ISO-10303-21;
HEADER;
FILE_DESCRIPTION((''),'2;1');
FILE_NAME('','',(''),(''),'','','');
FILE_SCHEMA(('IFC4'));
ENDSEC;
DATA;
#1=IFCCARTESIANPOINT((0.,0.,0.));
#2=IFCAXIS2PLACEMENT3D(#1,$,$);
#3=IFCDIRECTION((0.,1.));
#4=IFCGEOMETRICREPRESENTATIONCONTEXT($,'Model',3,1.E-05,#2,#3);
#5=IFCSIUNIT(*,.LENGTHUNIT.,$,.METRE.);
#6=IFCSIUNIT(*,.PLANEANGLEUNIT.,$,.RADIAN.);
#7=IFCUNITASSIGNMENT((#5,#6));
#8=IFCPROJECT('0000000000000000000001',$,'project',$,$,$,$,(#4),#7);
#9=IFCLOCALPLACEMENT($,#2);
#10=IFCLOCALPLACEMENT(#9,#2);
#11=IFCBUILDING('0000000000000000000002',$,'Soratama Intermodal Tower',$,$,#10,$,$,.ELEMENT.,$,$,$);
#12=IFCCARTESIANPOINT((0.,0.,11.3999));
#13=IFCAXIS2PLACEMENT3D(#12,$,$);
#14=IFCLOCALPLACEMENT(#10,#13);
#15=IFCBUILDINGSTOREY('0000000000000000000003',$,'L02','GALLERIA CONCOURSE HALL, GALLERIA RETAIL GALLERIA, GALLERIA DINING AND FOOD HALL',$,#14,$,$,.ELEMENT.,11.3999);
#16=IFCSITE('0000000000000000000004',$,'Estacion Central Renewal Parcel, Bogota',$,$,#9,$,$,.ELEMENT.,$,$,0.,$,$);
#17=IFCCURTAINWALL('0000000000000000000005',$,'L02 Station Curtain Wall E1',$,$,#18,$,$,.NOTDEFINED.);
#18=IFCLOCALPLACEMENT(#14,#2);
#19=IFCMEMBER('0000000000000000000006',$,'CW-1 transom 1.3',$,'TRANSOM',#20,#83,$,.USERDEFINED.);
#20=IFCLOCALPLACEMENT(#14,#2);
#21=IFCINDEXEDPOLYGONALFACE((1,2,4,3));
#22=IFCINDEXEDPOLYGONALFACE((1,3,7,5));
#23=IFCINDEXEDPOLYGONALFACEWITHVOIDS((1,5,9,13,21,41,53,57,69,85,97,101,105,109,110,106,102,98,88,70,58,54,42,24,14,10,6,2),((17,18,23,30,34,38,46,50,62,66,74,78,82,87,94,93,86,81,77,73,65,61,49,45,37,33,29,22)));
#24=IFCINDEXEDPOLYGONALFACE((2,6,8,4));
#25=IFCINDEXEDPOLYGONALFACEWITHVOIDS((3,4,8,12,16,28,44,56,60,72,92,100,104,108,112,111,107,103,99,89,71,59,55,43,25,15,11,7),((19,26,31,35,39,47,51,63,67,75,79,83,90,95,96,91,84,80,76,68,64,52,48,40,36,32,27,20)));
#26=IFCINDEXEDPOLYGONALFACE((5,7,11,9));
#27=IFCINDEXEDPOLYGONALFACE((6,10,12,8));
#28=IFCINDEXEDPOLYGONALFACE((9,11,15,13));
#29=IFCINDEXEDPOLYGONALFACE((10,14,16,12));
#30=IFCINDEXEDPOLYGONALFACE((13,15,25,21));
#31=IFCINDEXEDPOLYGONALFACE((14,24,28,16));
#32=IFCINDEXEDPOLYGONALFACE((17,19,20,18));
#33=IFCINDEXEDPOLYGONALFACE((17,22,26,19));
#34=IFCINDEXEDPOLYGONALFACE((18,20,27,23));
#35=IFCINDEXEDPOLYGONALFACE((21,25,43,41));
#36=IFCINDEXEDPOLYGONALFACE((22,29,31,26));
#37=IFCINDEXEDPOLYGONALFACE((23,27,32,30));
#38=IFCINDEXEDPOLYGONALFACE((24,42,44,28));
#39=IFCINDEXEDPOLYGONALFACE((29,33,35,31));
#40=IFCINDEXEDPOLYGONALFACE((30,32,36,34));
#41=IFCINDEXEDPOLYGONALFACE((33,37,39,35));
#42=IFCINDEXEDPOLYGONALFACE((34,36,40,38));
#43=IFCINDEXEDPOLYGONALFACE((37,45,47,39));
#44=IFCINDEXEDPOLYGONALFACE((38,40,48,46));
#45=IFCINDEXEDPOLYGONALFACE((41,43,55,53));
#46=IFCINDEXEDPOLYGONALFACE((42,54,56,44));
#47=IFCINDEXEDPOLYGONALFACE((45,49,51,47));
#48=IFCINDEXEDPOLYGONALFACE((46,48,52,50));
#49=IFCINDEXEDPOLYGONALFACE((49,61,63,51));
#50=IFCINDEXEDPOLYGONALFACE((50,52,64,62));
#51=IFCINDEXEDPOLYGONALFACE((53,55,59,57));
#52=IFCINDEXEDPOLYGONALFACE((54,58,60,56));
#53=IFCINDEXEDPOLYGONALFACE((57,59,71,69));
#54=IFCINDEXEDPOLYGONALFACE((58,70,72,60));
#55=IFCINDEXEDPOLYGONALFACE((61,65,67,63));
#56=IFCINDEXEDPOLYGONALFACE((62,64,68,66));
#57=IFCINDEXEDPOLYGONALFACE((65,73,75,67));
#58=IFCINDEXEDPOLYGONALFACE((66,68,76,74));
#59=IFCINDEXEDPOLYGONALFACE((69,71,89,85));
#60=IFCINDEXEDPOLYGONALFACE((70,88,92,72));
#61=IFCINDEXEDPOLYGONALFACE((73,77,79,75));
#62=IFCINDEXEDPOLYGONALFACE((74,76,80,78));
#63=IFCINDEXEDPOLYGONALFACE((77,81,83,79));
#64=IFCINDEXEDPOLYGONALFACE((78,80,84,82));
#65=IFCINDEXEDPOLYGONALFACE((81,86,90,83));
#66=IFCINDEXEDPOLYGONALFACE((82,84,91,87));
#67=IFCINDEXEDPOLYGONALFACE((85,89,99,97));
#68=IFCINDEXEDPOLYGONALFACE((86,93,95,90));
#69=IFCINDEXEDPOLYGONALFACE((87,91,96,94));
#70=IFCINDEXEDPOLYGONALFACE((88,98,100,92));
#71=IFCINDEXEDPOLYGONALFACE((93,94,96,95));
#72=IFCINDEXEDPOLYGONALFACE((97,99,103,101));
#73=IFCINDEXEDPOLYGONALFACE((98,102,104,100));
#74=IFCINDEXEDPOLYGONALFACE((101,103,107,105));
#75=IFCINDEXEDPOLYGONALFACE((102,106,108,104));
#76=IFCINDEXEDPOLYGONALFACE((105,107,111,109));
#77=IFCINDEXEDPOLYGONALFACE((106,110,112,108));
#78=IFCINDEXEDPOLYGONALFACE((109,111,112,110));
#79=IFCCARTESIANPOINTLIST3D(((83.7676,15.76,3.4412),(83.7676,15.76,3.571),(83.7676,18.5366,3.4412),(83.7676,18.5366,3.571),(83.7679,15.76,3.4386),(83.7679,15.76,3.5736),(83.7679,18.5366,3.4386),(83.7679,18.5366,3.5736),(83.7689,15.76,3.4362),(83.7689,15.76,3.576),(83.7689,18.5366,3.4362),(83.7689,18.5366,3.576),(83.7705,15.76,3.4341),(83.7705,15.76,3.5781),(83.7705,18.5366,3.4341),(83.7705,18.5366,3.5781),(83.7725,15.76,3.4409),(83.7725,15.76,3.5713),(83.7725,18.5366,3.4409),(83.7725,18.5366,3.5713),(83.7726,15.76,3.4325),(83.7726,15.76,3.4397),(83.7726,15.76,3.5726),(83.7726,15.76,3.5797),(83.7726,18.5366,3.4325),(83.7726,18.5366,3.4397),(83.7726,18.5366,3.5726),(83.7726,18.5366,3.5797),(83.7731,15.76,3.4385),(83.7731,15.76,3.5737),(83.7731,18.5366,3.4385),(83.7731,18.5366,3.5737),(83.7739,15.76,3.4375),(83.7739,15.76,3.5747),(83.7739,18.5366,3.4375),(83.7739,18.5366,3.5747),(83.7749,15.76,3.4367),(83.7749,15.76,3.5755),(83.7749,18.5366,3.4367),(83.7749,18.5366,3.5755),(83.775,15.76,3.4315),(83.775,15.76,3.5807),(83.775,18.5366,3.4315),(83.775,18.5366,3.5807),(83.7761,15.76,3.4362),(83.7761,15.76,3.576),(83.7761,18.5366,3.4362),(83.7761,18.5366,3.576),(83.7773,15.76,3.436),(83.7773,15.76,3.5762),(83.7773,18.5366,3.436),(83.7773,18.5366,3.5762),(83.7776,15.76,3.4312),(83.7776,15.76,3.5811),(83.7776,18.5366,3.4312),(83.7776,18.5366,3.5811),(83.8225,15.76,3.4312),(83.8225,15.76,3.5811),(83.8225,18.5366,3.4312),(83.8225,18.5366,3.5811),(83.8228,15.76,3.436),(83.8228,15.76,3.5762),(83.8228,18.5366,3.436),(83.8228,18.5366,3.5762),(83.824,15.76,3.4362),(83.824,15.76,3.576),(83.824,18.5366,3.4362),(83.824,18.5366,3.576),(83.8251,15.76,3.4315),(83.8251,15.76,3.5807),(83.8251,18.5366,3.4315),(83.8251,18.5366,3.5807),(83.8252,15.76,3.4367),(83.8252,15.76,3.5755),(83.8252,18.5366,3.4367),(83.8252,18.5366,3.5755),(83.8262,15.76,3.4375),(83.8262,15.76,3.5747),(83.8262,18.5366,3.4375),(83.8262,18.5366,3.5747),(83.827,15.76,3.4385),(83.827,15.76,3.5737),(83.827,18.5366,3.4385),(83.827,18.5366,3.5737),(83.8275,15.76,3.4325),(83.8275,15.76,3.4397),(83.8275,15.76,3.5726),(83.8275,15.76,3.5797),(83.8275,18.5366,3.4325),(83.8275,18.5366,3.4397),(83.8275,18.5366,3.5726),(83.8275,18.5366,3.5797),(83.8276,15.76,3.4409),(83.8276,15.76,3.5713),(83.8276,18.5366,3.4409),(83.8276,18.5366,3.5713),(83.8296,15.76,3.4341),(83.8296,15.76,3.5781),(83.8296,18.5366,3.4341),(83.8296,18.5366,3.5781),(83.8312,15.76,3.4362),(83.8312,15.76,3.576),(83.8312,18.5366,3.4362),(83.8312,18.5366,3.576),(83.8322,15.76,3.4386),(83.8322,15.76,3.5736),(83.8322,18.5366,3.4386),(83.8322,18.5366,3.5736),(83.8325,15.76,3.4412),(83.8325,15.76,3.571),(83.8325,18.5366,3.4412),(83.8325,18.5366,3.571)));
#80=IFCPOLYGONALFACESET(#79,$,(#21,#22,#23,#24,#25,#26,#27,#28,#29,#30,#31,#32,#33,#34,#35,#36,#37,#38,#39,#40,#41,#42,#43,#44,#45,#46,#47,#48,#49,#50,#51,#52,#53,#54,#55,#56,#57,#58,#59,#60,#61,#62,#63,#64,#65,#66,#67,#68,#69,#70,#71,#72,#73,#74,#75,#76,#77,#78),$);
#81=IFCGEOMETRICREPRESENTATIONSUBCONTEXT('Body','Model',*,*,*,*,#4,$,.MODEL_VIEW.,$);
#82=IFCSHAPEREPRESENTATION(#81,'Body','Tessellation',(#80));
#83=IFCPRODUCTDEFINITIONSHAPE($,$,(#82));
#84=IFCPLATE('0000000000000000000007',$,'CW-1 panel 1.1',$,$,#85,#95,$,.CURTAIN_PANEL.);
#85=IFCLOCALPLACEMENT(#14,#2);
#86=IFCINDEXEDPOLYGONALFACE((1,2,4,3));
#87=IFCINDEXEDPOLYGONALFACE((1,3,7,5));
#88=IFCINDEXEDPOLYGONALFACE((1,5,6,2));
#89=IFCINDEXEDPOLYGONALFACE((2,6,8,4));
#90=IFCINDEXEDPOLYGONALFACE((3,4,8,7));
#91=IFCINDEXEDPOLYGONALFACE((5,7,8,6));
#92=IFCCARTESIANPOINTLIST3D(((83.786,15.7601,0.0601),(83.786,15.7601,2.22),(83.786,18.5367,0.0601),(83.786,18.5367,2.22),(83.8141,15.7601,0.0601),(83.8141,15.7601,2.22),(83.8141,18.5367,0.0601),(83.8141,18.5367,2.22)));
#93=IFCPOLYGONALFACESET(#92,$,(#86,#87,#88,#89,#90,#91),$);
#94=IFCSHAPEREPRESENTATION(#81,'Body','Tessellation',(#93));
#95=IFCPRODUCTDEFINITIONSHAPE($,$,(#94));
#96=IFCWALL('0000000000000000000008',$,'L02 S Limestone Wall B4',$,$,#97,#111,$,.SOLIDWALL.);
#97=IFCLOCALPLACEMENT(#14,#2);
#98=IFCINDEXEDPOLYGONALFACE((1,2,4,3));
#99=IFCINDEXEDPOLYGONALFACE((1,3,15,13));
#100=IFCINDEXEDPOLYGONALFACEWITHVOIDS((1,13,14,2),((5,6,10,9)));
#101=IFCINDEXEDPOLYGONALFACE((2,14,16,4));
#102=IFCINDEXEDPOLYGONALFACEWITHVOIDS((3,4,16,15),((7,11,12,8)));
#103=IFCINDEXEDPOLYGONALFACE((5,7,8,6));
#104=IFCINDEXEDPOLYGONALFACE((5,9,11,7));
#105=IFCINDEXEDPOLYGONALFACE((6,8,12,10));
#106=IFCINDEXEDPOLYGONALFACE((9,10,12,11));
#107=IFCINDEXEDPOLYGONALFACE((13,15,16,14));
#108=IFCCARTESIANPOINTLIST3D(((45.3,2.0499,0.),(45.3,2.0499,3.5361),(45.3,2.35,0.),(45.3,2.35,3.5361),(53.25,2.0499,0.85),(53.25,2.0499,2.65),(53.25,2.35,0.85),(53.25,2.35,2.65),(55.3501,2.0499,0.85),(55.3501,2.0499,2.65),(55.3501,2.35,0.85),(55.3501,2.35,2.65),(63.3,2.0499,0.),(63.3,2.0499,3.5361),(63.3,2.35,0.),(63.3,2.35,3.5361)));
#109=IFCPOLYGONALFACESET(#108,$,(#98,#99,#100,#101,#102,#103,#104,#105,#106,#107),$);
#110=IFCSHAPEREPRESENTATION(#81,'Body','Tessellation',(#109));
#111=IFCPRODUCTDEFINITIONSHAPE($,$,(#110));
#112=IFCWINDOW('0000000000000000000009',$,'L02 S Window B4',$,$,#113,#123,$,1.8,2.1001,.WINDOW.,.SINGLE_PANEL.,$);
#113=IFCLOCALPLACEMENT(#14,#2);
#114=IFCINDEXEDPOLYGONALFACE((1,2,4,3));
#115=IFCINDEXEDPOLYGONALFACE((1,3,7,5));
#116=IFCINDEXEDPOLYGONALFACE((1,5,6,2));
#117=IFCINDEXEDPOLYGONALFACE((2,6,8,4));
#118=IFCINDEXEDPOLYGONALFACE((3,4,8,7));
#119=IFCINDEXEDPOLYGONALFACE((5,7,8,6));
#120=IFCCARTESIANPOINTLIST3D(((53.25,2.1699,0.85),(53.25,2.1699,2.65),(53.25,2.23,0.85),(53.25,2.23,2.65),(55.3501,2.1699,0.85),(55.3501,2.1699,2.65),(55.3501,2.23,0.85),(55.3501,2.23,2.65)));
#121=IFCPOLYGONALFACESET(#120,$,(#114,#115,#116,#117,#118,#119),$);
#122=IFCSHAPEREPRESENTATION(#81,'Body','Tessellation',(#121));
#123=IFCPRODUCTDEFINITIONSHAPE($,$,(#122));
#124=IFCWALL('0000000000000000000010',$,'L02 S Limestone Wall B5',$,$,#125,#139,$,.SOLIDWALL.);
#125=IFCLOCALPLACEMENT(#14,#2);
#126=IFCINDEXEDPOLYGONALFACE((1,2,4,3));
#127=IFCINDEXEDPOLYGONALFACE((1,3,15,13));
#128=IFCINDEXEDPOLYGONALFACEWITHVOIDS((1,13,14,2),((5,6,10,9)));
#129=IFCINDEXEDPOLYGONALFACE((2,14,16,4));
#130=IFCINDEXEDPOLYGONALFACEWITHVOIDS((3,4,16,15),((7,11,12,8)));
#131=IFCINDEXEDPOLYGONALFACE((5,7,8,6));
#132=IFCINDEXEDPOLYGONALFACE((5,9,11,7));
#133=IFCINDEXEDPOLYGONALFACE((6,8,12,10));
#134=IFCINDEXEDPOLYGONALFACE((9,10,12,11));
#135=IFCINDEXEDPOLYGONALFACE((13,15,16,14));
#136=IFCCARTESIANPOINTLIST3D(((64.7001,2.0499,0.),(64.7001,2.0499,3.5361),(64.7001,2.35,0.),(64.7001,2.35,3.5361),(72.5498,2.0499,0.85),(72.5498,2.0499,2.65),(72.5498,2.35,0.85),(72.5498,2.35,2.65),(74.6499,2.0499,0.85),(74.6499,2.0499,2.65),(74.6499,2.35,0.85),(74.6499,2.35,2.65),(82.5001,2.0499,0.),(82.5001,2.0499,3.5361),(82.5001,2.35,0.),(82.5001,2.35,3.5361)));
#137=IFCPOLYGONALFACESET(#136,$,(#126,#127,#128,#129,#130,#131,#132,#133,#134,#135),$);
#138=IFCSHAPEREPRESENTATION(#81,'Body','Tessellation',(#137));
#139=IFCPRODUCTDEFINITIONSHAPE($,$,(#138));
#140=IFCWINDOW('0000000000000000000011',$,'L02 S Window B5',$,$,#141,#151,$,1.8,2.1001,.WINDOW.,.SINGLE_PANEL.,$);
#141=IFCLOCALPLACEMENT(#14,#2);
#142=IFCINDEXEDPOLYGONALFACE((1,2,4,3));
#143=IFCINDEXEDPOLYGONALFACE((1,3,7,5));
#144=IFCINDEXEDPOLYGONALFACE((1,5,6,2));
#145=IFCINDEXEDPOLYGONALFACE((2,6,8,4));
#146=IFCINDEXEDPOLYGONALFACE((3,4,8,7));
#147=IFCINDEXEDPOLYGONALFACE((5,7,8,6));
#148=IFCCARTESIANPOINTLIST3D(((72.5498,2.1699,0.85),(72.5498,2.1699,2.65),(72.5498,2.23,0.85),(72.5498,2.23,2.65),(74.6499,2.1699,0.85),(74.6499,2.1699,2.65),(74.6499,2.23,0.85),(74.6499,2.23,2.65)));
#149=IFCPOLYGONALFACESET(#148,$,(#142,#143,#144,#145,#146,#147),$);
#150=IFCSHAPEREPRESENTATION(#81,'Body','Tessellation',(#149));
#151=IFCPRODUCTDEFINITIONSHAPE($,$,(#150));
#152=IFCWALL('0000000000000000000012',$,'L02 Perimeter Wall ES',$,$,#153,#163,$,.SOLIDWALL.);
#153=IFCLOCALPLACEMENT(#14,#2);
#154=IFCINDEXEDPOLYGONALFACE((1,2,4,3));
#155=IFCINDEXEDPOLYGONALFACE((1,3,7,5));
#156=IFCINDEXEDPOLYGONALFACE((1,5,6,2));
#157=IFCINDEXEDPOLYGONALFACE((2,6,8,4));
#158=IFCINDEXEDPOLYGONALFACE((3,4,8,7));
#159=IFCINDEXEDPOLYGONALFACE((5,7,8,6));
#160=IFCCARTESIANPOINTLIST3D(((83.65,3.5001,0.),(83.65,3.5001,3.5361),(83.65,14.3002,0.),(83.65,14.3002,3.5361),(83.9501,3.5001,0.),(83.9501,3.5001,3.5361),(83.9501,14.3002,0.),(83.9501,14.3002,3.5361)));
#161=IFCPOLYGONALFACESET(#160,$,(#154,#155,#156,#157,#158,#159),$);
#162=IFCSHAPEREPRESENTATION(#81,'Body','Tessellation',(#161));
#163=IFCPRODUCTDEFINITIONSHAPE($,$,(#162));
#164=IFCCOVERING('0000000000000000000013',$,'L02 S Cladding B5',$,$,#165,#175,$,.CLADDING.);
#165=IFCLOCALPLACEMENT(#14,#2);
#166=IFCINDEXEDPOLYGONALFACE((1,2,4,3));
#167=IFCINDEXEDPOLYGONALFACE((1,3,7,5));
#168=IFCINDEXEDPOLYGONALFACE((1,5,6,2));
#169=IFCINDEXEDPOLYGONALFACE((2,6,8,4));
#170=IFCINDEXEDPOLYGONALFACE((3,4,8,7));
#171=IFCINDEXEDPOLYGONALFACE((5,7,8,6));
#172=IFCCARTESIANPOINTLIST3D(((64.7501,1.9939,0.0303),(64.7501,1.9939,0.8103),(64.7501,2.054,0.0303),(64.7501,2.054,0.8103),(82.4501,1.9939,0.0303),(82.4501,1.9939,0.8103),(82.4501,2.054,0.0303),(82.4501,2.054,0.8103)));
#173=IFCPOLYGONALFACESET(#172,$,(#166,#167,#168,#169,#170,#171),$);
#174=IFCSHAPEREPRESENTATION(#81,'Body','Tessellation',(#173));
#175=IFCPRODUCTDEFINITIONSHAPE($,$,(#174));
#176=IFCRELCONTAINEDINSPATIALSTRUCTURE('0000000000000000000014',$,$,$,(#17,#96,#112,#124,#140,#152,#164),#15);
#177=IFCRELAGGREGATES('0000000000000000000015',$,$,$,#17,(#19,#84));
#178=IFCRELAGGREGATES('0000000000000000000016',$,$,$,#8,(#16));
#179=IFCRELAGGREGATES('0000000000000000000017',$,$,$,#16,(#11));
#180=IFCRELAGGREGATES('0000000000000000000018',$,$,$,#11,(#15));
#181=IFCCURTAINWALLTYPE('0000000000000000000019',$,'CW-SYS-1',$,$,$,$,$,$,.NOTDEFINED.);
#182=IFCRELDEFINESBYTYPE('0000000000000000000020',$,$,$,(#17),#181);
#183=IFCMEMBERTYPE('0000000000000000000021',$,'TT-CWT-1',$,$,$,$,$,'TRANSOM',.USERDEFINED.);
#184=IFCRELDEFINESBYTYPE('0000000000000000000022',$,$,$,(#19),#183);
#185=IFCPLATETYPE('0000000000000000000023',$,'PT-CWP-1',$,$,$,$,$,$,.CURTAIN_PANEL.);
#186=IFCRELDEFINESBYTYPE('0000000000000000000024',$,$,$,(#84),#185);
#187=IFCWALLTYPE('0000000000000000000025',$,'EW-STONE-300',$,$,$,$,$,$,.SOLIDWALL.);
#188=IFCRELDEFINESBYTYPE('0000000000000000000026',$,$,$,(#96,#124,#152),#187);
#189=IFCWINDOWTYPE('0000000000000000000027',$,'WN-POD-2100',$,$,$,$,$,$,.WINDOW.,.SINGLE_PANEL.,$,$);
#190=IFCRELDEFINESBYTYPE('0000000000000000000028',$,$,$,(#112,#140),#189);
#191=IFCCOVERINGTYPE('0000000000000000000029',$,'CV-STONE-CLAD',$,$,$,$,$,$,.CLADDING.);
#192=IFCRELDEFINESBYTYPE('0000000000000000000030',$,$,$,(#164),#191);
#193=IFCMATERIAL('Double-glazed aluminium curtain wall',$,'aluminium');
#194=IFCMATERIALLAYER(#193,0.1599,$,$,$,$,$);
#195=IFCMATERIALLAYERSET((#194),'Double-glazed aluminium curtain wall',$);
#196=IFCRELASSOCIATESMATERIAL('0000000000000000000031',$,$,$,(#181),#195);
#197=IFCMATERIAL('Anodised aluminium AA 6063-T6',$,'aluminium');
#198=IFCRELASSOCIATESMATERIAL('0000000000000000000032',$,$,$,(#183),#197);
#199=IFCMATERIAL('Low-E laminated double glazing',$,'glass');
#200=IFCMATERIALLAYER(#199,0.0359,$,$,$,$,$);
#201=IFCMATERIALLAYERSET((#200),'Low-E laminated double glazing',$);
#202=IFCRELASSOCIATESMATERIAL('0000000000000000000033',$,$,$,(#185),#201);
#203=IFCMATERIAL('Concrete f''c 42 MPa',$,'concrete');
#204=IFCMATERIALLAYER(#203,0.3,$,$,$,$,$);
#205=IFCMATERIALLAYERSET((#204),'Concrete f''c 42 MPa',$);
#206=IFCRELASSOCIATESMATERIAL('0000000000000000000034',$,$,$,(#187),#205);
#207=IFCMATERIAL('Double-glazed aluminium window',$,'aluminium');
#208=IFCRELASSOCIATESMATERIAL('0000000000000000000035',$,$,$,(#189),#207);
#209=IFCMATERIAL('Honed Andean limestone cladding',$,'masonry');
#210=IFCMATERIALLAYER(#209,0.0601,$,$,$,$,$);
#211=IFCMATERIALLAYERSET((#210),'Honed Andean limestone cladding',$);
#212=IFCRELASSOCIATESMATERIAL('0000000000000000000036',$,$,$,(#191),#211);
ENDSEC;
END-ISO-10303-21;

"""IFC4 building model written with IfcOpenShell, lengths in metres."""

from ifc_helpers import new_model, si_unit, direction, frame, frame_2d, origin, origin_2d, place, context, subcontext, project, spatial, rectangle, hollow_rectangle, extrude, material, layer, layer_set, material_profile, profile_set, type_object, element, fill, aggregate, save


model = new_model("IFC4")

# Units and contexts
model_context = context("Model", 3, precision=1e-05, world=origin(), true_north=direction((0.0, 1.0)))
body_context = subcontext(model_context, "Body", "Model", "MODEL_VIEW")
ifc_project = project(units=[si_unit("LENGTHUNIT", "METRE"), si_unit("PLANEANGLEUNIT", "RADIAN")], contexts=[model_context])

# Site, building, storey
site_placement = place(None, origin())
site = spatial("IfcSite", under=ifc_project, at=site_placement, Name="Estacion Central Renewal Parcel, Bogota", CompositionType="ELEMENT", RefElevation=0.0)
building_placement = place(site_placement, origin())
building = spatial("IfcBuilding", under=site, at=building_placement, Name="Soratama Intermodal Tower", CompositionType="ELEMENT")
storey_placement = place(building_placement, frame((0.0, 0.0, 11.3999)))
storey = spatial("IfcBuildingStorey", under=building, at=storey_placement, Name="L02", Description="GALLERIA CONCOURSE HALL, GALLERIA RETAIL GALLERIA, GALLERIA DINING AND FOOD HALL", CompositionType="ELEMENT", Elevation=11.3999)

# Curtain wall, member, plate
ifc_material_1 = material(Name="Double-glazed aluminium curtain wall", Category="aluminium")
ifc_layer_1 = layer(ifc_material_1, 0.1599)
ifc_layer_set_1 = layer_set([ifc_layer_1], Name="Double-glazed aluminium curtain wall")
curtain_wall_type = type_object("IfcCurtainWallType", Name="CW-SYS-1", PredefinedType="NOTDEFINED", material=ifc_layer_set_1)
curtain_wall_placement = place(storey_placement, origin())
curtain_wall = element("IfcCurtainWall", 1, at=curtain_wall_placement, inside=storey, type_object=curtain_wall_type, Name="L02 Station Curtain Wall E1", PredefinedType="NOTDEFINED")
ifc_material_2 = material(Name="Anodised aluminium AA 6063-T6", Category="aluminium")
ifc_material_profile_1 = material_profile(ifc_material_2, hollow_rectangle(XDim=0.0649, YDim=0.1499, WallThickness=0.0049, InnerFilletRadius=0.0049, OuterFilletRadius=0.01, at=origin_2d()), Name="CWT150X65X5")
ifc_profile_set_1 = profile_set([ifc_material_profile_1], Name="Anodised aluminium AA 6063-T6")
member_type_1 = type_object("IfcMemberType", Name="TT-CWT-1", ElementType="TRANSOM", PredefinedType="USERDEFINED", material=ifc_profile_set_1)
member_1_placement = place(storey_placement, frame((83.8, 15.76, 3.5061), z_axis=(0.0, 1.0, 0.0), x_axis=(-1.0, 0.0, 0.0)))
member_1 = element("IfcMember", 2, at=member_1_placement, type_object=member_type_1, Name="CW-1 transom 1.3", ObjectType="TRANSOM", PredefinedType="USERDEFINED", context=body_context, shape_type="SweptSolid", body=[
    extrude(hollow_rectangle(XDim=0.0649, YDim=0.1499, WallThickness=0.0049, InnerFilletRadius=0.0049, OuterFilletRadius=0.01, at=origin_2d()), origin(), (0.0, 0.0, 1.0), 2.7766),
])
ifc_material_3 = material(Name="Low-E laminated double glazing", Category="glass")
ifc_layer_2 = layer(ifc_material_3, 0.0359)
ifc_layer_set_2 = layer_set([ifc_layer_2], Name="Low-E laminated double glazing")
plate_type = type_object("IfcPlateType", Name="PT-CWP-1", PredefinedType="CURTAIN_PANEL", material=ifc_layer_set_2)
plate_placement = place(storey_placement, frame((83.8, 17.1484, 0.0601), z_axis=(0.0, 0.0, 1.0), x_axis=(0.0, 1.0, 0.0)))
plate = element("IfcPlate", 3, at=plate_placement, type_object=plate_type, Name="CW-1 panel 1.1", PredefinedType="CURTAIN_PANEL", context=body_context, shape_type="SweptSolid", body=[
    extrude(rectangle(XDim=2.7766, YDim=0.0281, at=origin_2d()), origin(), (0.0, 0.0, 1.0), 2.1599),
])
aggregate(curtain_wall, [member_1, plate])

# Walls, openings, windows
ifc_material_4 = material(Name="Concrete f'c 42 MPa", Category="concrete")
ifc_layer_3 = layer(ifc_material_4, 0.3)
ifc_layer_set_3 = layer_set([ifc_layer_3], Name="Concrete f'c 42 MPa")
wall_type = type_object("IfcWallType", Name="EW-STONE-300", PredefinedType="SOLIDWALL", material=ifc_layer_set_3)
wall_1_placement = place(storey_placement, frame((63.3, 2.2, 0.0), z_axis=(0.0, 0.0, 1.0), x_axis=(-1.0, 0.0, 0.0)))
wall_1 = element("IfcWall", 4, at=wall_1_placement, inside=storey, type_object=wall_type, Name="L02 S Limestone Wall B4", PredefinedType="SOLIDWALL", context=body_context, shape_type="SweptSolid", body=[
    extrude(rectangle(XDim=18.0, YDim=0.3, at=frame_2d((9.0, 0.0))), origin(), (0.0, 0.0, 1.0), 3.5361),
])
opening_1_placement = place(wall_1_placement, frame((7.95, 0.0, 0.8501)))
opening_1 = element("IfcOpeningElement", 5, at=opening_1_placement, cuts=wall_1, PredefinedType="OPENING", context=body_context, shape_type="SweptSolid", body=[
    extrude(rectangle(XDim=2.1001, YDim=1.8, at=frame_2d((1.05, 0.8999))), frame((0.0, 0.1599, 0.0), z_axis=(0.0, -1.0, 0.0), x_axis=(1.0, 0.0, 0.0)), (0.0, 0.0, 1.0), 0.3201),
])
ifc_material_5 = material(Name="Double-glazed aluminium window", Category="aluminium")
window_type = type_object("IfcWindowType", Name="WN-POD-2100", PartitioningType="SINGLE_PANEL", PredefinedType="WINDOW", material=ifc_material_5)
window_1_placement = place(opening_1_placement, origin())
window_1 = element("IfcWindow", 6, at=window_1_placement, inside=storey, type_object=window_type, Name="L02 S Window B4", OverallHeight=1.8, OverallWidth=2.1001, PartitioningType="SINGLE_PANEL", PredefinedType="WINDOW", context=body_context, shape_type="SweptSolid", body=[
    extrude(rectangle(XDim=2.1001, YDim=1.8, at=frame_2d((1.05, 0.8999))), frame((0.0, 0.03, 0.0), z_axis=(0.0, -1.0, 0.0), x_axis=(1.0, 0.0, 0.0)), (0.0, 0.0, 1.0), 0.0601),
])
fill(opening_1, window_1)
wall_2_placement = place(storey_placement, frame((82.5, 2.2, 0.0), z_axis=(0.0, 0.0, 1.0), x_axis=(-1.0, 0.0, 0.0)))
wall_2 = element("IfcWall", 7, at=wall_2_placement, inside=storey, type_object=wall_type, Name="L02 S Limestone Wall B5", PredefinedType="SOLIDWALL", context=body_context, shape_type="SweptSolid", body=[
    extrude(rectangle(XDim=17.8, YDim=0.3, at=frame_2d((8.8999, 0.0))), origin(), (0.0, 0.0, 1.0), 3.5361),
])
opening_2_placement = place(wall_2_placement, frame((7.8501, 0.0, 0.8501)))
opening_2 = element("IfcOpeningElement", 8, at=opening_2_placement, cuts=wall_2, PredefinedType="OPENING", context=body_context, shape_type="SweptSolid", body=[
    extrude(rectangle(XDim=2.1001, YDim=1.8, at=frame_2d((1.05, 0.8999))), frame((0.0, 0.1599, 0.0), z_axis=(0.0, -1.0, 0.0), x_axis=(1.0, 0.0, 0.0)), (0.0, 0.0, 1.0), 0.3201),
])
window_2_placement = place(opening_2_placement, origin())
window_2 = element("IfcWindow", 9, at=window_2_placement, inside=storey, type_object=window_type, Name="L02 S Window B5", OverallHeight=1.8, OverallWidth=2.1001, PartitioningType="SINGLE_PANEL", PredefinedType="WINDOW", context=body_context, shape_type="SweptSolid", body=[
    extrude(rectangle(XDim=2.1001, YDim=1.8, at=frame_2d((1.05, 0.8999))), frame((0.0, 0.03, 0.0), z_axis=(0.0, -1.0, 0.0), x_axis=(1.0, 0.0, 0.0)), (0.0, 0.0, 1.0), 0.0601),
])
fill(opening_2, window_2)

# Wall
wall_3_placement = place(storey_placement, frame((83.8, 14.3, 0.0), z_axis=(0.0, 0.0, 1.0), x_axis=(0.0, -1.0, 0.0)))
element("IfcWall", 10, at=wall_3_placement, inside=storey, type_object=wall_type, Name="L02 Perimeter Wall ES", PredefinedType="SOLIDWALL", context=body_context, shape_type="SweptSolid", body=[
    extrude(rectangle(XDim=10.8, YDim=0.3, at=frame_2d((5.3999, 0.0))), origin(), (0.0, 0.0, 1.0), 3.5361),
])

# Covering
ifc_material_6 = material(Name="Honed Andean limestone cladding", Category="masonry")
ifc_layer_4 = layer(ifc_material_6, 0.0601)
ifc_layer_set_4 = layer_set([ifc_layer_4], Name="Honed Andean limestone cladding")
covering_type = type_object("IfcCoveringType", Name="CV-STONE-CLAD", PredefinedType="CLADDING", material=ifc_layer_set_4)
covering_placement = place(storey_placement, frame((73.6001, 2.0239, 0.0303), z_axis=(0.0, 0.0, 1.0), x_axis=(1.0, 0.0, 0.0)))
element("IfcCovering", 11, at=covering_placement, inside=storey, type_object=covering_type, Name="L02 S Cladding B5", PredefinedType="CLADDING", context=body_context, shape_type="SweptSolid", body=[
    extrude(rectangle(XDim=17.7, YDim=0.0601, at=origin_2d()), origin(), (0.0, 0.0, 1.0), 0.78),
])

save(model, "model.ifc")
